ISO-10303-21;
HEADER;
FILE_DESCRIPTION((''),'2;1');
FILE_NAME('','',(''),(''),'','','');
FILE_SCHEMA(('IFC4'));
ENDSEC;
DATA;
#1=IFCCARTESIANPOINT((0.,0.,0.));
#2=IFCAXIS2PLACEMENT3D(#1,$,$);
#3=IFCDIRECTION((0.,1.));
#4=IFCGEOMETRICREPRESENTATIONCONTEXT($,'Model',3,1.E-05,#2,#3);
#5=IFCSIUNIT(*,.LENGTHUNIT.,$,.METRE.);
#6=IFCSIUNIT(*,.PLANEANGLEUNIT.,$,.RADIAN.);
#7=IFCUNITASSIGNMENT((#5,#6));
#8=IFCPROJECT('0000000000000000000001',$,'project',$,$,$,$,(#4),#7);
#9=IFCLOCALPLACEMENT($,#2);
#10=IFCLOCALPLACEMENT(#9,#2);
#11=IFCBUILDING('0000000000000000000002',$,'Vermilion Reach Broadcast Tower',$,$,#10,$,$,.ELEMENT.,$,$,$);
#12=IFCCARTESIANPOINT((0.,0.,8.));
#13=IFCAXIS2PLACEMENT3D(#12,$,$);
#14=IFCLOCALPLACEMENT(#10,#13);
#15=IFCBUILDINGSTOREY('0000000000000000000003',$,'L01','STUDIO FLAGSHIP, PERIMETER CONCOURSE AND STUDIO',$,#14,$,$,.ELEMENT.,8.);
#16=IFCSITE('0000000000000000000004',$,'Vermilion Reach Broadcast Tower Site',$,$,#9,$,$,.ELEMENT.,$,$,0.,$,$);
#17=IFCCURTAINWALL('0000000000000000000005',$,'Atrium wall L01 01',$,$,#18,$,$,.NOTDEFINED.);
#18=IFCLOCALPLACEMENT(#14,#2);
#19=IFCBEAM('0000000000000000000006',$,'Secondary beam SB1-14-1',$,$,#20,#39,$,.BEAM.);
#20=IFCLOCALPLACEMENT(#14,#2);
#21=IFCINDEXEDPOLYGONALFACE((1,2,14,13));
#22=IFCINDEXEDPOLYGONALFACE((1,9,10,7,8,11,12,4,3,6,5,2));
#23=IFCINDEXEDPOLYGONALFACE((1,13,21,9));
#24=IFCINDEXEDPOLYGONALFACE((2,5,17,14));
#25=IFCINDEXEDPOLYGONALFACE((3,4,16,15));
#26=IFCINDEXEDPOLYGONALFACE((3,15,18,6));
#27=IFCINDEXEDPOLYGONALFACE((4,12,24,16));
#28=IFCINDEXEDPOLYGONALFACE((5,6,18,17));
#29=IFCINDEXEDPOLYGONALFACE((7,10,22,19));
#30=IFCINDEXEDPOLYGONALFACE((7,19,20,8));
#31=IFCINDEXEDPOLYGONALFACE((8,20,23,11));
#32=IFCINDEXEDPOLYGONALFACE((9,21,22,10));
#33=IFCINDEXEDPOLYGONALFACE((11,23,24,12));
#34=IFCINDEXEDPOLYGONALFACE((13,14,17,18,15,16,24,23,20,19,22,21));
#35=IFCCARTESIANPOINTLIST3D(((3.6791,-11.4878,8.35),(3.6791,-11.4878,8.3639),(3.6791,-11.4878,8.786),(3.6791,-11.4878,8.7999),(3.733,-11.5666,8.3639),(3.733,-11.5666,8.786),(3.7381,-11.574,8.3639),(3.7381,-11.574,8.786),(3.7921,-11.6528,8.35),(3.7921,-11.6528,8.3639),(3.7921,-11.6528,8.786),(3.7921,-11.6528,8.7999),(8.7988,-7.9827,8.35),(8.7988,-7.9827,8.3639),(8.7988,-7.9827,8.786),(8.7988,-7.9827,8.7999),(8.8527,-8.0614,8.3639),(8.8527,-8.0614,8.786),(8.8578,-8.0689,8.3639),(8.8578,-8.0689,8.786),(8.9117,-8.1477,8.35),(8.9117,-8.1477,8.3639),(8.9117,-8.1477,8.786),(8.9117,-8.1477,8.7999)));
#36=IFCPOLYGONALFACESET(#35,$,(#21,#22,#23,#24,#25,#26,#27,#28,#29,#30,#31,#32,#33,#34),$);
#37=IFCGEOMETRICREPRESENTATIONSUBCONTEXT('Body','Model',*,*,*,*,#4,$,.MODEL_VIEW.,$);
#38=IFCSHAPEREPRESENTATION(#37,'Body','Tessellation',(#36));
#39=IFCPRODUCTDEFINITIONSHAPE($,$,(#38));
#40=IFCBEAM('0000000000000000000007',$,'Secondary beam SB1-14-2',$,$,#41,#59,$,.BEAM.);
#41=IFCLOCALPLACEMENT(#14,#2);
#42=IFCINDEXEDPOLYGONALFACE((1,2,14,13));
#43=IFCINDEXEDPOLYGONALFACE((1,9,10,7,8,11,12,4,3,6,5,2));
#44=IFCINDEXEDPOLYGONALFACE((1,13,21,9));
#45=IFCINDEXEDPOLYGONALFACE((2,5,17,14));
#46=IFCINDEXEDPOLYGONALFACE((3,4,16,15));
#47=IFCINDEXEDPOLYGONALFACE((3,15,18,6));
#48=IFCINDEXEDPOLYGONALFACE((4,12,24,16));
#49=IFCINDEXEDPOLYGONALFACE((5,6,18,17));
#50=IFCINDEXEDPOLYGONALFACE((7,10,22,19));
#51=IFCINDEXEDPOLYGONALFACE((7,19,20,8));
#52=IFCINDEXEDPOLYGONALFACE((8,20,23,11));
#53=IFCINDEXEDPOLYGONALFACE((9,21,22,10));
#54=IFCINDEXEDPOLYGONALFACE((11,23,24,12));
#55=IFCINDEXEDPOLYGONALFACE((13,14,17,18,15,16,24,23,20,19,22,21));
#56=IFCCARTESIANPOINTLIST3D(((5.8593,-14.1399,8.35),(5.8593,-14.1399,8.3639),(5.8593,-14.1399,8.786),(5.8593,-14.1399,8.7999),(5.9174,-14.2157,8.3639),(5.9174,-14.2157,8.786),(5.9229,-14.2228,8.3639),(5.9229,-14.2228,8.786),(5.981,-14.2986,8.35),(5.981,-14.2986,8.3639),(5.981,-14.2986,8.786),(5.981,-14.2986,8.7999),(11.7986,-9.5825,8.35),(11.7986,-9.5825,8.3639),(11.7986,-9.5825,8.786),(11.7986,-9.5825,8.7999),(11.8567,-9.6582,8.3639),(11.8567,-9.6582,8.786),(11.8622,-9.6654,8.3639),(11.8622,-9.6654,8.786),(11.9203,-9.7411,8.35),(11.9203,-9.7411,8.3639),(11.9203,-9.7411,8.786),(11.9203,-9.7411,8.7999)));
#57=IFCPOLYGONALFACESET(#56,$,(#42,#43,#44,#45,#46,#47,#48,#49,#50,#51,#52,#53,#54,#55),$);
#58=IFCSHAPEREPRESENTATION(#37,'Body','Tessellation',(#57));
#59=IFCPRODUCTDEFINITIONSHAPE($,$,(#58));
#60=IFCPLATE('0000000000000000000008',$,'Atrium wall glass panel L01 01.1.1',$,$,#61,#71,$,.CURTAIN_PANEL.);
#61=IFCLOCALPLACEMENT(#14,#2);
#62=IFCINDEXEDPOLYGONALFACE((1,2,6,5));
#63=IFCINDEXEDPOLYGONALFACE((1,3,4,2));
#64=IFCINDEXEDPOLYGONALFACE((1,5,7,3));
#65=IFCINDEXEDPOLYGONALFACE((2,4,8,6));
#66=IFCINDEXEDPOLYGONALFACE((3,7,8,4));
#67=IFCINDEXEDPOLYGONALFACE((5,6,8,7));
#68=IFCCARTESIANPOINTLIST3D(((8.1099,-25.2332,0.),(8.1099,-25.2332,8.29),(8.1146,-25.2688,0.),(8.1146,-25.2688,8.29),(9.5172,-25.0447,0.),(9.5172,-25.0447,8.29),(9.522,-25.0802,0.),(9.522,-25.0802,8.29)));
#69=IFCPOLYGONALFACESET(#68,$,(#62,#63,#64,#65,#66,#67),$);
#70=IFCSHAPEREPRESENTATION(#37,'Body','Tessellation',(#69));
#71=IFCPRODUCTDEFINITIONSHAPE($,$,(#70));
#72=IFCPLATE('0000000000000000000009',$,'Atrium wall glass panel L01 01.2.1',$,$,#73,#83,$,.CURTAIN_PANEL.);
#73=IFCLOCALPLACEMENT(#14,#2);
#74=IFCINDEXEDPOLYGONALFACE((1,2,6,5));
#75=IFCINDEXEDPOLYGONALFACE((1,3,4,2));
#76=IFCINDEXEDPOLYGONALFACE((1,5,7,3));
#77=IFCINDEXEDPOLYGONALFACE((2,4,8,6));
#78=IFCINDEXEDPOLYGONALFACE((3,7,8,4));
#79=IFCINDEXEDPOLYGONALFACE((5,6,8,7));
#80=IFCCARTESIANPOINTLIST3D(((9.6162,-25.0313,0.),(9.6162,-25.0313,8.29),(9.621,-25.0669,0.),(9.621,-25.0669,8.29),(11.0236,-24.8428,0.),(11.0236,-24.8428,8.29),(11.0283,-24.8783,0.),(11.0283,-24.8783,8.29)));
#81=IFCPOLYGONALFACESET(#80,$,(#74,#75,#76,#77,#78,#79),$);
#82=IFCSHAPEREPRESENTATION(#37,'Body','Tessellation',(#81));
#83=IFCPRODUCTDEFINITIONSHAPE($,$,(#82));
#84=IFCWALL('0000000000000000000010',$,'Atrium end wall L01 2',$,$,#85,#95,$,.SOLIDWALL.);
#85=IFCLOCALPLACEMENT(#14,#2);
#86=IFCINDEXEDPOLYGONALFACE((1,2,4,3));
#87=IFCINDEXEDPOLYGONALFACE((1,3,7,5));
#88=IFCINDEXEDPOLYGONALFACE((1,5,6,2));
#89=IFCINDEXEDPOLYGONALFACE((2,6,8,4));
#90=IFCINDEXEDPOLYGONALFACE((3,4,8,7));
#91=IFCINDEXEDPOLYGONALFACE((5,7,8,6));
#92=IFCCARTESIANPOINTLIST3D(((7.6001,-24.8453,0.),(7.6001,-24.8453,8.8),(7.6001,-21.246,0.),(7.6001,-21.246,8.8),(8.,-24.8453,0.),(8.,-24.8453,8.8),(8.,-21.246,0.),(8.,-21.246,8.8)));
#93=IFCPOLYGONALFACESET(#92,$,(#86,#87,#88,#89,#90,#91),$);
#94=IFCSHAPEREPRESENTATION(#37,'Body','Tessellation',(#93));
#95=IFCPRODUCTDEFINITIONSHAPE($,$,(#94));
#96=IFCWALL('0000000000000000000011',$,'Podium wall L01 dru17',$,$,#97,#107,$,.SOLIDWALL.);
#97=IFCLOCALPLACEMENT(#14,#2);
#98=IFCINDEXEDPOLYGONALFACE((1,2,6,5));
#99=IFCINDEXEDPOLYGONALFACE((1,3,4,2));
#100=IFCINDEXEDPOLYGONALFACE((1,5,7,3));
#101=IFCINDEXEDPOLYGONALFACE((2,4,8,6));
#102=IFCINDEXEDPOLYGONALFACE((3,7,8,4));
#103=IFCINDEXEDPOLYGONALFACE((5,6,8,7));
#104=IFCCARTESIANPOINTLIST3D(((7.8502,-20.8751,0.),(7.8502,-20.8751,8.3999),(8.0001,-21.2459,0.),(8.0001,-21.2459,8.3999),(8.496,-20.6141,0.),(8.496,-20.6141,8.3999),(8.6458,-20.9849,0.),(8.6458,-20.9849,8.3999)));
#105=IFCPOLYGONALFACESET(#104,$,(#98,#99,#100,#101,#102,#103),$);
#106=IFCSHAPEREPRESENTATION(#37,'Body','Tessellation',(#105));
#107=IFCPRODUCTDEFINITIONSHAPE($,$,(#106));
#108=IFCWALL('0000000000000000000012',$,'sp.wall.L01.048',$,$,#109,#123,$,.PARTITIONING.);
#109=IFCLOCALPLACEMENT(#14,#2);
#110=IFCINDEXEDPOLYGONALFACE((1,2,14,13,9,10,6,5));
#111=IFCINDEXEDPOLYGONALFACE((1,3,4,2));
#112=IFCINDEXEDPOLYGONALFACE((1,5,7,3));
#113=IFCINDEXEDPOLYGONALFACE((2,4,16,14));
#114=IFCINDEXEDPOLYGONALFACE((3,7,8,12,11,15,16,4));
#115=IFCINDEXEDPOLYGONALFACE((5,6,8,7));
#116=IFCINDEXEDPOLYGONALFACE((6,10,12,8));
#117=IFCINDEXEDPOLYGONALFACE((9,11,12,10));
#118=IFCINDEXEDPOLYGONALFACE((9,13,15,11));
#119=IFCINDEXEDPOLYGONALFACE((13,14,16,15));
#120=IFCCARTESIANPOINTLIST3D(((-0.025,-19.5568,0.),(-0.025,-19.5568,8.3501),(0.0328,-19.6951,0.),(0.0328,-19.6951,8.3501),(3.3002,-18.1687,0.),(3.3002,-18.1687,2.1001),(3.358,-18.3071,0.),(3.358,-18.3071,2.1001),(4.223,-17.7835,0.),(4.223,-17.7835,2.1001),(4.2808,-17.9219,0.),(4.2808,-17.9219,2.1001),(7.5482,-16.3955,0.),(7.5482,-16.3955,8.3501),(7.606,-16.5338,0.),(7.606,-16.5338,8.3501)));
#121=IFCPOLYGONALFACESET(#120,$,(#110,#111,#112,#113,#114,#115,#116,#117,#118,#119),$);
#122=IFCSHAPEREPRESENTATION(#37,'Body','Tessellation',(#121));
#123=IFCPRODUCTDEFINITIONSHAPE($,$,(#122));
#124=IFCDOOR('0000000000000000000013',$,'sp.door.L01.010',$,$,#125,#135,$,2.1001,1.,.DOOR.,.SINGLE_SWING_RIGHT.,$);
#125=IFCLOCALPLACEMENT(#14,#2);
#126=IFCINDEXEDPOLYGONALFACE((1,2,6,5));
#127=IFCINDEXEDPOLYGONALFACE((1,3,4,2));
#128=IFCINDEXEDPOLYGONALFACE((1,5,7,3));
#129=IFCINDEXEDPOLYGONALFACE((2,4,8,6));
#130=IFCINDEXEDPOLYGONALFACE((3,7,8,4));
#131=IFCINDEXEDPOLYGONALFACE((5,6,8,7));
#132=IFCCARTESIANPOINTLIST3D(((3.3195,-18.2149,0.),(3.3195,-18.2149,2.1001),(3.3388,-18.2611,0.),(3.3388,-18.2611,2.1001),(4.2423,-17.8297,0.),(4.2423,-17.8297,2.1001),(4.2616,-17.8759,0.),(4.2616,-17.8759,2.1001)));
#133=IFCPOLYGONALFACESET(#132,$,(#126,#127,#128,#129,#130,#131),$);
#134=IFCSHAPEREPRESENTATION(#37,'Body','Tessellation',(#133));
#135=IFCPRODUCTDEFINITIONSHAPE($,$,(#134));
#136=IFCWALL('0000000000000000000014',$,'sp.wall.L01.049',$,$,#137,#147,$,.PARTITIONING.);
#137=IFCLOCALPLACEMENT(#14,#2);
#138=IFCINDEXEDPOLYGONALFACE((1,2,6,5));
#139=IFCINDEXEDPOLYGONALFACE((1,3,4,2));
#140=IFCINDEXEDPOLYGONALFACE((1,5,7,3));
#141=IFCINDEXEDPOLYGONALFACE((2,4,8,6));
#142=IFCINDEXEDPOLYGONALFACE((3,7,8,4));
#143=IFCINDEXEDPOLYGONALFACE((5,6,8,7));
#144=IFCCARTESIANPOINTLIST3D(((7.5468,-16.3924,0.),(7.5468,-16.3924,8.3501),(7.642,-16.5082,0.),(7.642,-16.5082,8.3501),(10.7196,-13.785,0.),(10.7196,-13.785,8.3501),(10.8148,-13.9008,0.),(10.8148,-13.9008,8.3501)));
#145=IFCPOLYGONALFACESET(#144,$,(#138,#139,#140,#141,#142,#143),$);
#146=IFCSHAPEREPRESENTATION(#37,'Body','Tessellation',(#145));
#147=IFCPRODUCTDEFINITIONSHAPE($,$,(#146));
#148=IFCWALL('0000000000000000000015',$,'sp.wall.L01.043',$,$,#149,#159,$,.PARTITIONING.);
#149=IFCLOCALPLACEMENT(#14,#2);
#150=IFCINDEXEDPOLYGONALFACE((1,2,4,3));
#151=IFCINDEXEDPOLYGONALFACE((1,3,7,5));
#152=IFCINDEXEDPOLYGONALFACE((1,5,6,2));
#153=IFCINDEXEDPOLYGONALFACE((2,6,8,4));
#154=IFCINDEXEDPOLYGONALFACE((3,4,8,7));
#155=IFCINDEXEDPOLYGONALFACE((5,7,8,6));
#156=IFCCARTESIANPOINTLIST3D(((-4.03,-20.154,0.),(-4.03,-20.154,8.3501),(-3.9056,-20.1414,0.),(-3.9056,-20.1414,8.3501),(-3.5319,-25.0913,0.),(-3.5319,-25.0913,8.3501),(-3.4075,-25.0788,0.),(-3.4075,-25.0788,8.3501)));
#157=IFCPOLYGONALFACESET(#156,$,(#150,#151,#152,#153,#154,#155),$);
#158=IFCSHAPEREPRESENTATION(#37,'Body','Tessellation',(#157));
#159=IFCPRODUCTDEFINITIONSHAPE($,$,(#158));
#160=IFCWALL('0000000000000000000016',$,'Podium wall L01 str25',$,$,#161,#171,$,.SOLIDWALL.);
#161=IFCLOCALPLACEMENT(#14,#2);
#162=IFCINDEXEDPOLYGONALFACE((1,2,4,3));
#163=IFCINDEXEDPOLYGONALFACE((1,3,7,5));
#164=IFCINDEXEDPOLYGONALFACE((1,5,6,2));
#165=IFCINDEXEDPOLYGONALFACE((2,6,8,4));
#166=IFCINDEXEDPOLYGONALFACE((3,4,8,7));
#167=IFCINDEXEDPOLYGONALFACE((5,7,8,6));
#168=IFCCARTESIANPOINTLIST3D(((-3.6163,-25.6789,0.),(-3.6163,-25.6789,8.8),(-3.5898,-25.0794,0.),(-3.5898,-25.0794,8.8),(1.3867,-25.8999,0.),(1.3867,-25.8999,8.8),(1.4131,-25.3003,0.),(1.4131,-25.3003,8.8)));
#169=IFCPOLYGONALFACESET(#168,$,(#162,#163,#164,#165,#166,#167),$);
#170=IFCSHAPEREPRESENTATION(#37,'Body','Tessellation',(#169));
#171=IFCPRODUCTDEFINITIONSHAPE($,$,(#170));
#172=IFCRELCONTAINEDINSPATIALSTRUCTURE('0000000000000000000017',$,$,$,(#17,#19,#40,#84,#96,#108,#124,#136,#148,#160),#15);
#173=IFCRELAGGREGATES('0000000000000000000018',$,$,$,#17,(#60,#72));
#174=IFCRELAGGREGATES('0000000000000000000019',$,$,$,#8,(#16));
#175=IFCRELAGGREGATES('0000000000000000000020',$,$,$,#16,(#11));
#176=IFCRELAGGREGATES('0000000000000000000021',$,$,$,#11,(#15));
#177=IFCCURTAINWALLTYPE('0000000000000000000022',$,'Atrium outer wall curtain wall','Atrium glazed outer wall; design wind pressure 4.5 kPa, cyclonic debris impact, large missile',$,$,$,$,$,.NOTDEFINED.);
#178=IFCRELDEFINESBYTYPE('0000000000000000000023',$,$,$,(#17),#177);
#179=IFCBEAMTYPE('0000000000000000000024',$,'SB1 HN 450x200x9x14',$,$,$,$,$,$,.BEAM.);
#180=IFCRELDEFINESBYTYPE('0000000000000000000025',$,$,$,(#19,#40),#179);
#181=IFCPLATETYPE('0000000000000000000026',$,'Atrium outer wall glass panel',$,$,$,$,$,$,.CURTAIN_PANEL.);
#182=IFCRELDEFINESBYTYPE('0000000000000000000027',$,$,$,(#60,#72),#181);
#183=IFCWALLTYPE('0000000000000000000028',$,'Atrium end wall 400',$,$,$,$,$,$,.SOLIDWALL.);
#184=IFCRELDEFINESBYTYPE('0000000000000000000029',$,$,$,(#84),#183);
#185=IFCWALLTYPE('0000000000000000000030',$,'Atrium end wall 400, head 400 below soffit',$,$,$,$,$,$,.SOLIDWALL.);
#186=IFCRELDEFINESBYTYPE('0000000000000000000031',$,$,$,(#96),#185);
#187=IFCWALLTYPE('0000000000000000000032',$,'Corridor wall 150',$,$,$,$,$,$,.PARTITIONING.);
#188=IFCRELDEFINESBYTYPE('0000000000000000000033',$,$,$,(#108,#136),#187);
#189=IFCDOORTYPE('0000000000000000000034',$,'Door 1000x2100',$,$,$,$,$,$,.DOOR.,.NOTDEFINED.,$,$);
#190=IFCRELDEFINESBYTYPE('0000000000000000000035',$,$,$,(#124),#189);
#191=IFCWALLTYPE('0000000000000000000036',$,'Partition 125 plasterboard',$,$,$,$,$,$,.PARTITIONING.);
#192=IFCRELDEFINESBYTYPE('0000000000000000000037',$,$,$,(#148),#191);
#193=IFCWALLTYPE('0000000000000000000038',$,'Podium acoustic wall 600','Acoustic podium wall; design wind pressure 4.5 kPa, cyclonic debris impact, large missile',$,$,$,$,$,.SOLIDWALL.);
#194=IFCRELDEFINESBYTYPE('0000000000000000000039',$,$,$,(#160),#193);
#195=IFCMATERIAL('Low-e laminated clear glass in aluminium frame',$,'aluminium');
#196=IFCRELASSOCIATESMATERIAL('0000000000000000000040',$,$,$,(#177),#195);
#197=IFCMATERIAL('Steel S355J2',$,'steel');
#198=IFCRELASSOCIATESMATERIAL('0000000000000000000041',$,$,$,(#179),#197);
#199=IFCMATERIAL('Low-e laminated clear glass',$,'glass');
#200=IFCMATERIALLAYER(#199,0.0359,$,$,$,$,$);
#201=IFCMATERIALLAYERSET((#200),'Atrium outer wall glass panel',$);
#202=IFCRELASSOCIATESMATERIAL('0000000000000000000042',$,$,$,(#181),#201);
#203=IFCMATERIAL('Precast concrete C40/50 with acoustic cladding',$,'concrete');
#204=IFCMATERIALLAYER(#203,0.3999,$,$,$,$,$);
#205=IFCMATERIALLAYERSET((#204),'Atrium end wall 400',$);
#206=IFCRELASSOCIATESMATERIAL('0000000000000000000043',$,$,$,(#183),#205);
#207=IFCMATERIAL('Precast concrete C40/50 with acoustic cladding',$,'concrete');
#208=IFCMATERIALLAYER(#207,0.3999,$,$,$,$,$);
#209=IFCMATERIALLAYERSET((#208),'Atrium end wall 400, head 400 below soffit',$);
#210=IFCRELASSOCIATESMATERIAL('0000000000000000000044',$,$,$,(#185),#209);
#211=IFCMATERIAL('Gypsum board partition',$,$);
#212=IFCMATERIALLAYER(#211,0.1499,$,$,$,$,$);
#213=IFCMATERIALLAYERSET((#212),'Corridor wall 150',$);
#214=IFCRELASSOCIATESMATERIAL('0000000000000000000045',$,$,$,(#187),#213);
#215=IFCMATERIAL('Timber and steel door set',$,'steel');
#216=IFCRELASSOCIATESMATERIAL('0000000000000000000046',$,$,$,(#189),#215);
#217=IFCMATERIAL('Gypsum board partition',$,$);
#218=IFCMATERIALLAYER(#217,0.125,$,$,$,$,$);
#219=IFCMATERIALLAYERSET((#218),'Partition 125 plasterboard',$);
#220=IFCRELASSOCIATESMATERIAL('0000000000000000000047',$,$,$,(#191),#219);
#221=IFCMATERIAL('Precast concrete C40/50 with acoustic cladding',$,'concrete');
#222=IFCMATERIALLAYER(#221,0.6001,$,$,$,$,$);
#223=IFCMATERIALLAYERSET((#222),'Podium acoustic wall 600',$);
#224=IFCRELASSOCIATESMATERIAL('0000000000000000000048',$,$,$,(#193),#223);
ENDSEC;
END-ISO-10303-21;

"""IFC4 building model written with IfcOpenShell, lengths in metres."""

from ifc_helpers import new_model, si_unit, direction, frame, frame_2d, origin, origin_2d, place, context, subcontext, project, spatial, rectangle, i_section, extrude, material, layer, layer_set, material_profile, profile_set, type_object, element, fill, aggregate, save


model = new_model("IFC4")

# Units and contexts
model_context = context("Model", 3, precision=1e-05, world=origin(), true_north=direction((0.0, 1.0)))
body_context = subcontext(model_context, "Body", "Model", "MODEL_VIEW")
ifc_project = project(units=[si_unit("LENGTHUNIT", "METRE"), si_unit("PLANEANGLEUNIT", "RADIAN")], contexts=[model_context])

# Site, building, storey
site_placement = place(None, origin())
site = spatial("IfcSite", under=ifc_project, at=site_placement, Name="Vermilion Reach Broadcast Tower Site", CompositionType="ELEMENT", RefElevation=0.0)
building_placement = place(site_placement, origin())
building = spatial("IfcBuilding", under=site, at=building_placement, Name="Vermilion Reach Broadcast Tower", CompositionType="ELEMENT")
storey_placement = place(building_placement, frame((0.0, 0.0, 8.0)))
storey = spatial("IfcBuildingStorey", under=building, at=storey_placement, Name="L01", Description="STUDIO FLAGSHIP, PERIMETER CONCOURSE AND STUDIO", CompositionType="ELEMENT", Elevation=8.0)

# Curtain wall
ifc_material_1 = material(Name="Low-e laminated clear glass in aluminium frame", Category="aluminium")
curtain_wall_type = type_object("IfcCurtainWallType", Name="Atrium outer wall curtain wall", Description="Atrium glazed outer wall; design wind pressure 4.5 kPa, cyclonic debris impact, large missile", PredefinedType="NOTDEFINED", material=ifc_material_1)
curtain_wall_placement = place(storey_placement, origin())
curtain_wall = element("IfcCurtainWall", 1, at=curtain_wall_placement, inside=storey, type_object=curtain_wall_type, Name="Atrium wall L01 01", PredefinedType="NOTDEFINED")

# Beams
ifc_material_2 = material(Name="Steel S355J2", Category="steel")
ifc_material_profile_1 = material_profile(ifc_material_2, i_section(OverallWidth=0.2, OverallDepth=0.45, WebThickness=0.009, FlangeThickness=0.0139, at=origin_2d()), Name="S355J2 HN 450x200x9x14")
ifc_profile_set_1 = profile_set([ifc_material_profile_1], Name="Steel S355J2")
beam_type_1 = type_object("IfcBeamType", Name="SB1 HN 450x200x9x14", PredefinedType="BEAM", material=ifc_profile_set_1)
beam_1_placement = place(storey_placement, frame((3.7356, -11.5703, 8.575), z_axis=(0.82514, 0.564928, 0.0), x_axis=(-0.564928, 0.82514, 0.0)))
element("IfcBeam", 2, at=beam_1_placement, inside=storey, type_object=beam_type_1, Name="Secondary beam SB1-14-1", PredefinedType="BEAM", context=body_context, shape_type="SweptSolid", body=[
    extrude(i_section(OverallWidth=0.2, OverallDepth=0.45, WebThickness=0.009, FlangeThickness=0.0139, at=origin_2d()), origin(), (0.0, 0.0, 1.0), 6.2046),
])
beam_2_placement = place(storey_placement, frame((5.9202, -14.2192, 8.575), z_axis=(0.79335, 0.608766, 0.0), x_axis=(-0.608766, 0.79335, 0.0)))
element("IfcBeam", 3, at=beam_2_placement, inside=storey, type_object=beam_type_1, Name="Secondary beam SB1-14-2", PredefinedType="BEAM", context=body_context, shape_type="SweptSolid", body=[
    extrude(i_section(OverallWidth=0.2, OverallDepth=0.45, WebThickness=0.009, FlangeThickness=0.0139, at=origin_2d()), origin(), (0.0, 0.0, 1.0), 7.4863),
])

# Plates
ifc_material_3 = material(Name="Low-e laminated clear glass", Category="glass")
ifc_layer_1 = layer(ifc_material_3, 0.0359)
ifc_layer_set_1 = layer_set([ifc_layer_1], Name="Atrium outer wall glass panel")
plate_type = type_object("IfcPlateType", Name="Atrium outer wall glass panel", PredefinedType="CURTAIN_PANEL", material=ifc_layer_set_1)
plate_1_placement = place(storey_placement, frame((8.8159, -25.1567, 0.0), z_axis=(0.0, 0.0, 1.0), x_axis=(0.991144, 0.132794, 0.0)))
plate_1 = element("IfcPlate", 4, at=plate_1_placement, type_object=plate_type, Name="Atrium wall glass panel L01 01.1.1", PredefinedType="CURTAIN_PANEL", context=body_context, shape_type="SweptSolid", body=[
    extrude(rectangle(XDim=1.4199, YDim=0.0359, at=origin_2d()), origin(), (0.0, 0.0, 1.0), 8.29),
])
plate_2_placement = place(storey_placement, frame((10.3223, -24.9548, 0.0), z_axis=(0.0, 0.0, 1.0), x_axis=(0.991144, 0.132794, 0.0)))
plate_2 = element("IfcPlate", 5, at=plate_2_placement, type_object=plate_type, Name="Atrium wall glass panel L01 01.2.1", PredefinedType="CURTAIN_PANEL", context=body_context, shape_type="SweptSolid", body=[
    extrude(rectangle(XDim=1.4199, YDim=0.0359, at=origin_2d()), origin(), (0.0, 0.0, 1.0), 8.29),
])
aggregate(curtain_wall, [plate_1, plate_2])

# Walls
ifc_material_4 = material(Name="Precast concrete C40/50 with acoustic cladding", Category="concrete")
ifc_layer_2 = layer(ifc_material_4, 0.3999)
ifc_layer_set_2 = layer_set([ifc_layer_2], Name="Atrium end wall 400")
wall_type_1 = type_object("IfcWallType", Name="Atrium end wall 400", PredefinedType="SOLIDWALL", material=ifc_layer_set_2)
wall_1_placement = place(storey_placement, frame((7.8, -21.2458, 0.0), z_axis=(0.0, 0.0, 1.0), x_axis=(0.0, -1.0, 0.0)))
element("IfcWall", 6, at=wall_1_placement, inside=storey, type_object=wall_type_1, Name="Atrium end wall L01 2", PredefinedType="SOLIDWALL", context=body_context, shape_type="SweptSolid", body=[
    extrude(rectangle(XDim=3.5994, YDim=0.3999, at=frame_2d((1.7998, 0.0))), origin(), (0.0, 0.0, 1.0), 8.8),
])
ifc_material_5 = material(Name="Precast concrete C40/50 with acoustic cladding", Category="concrete")
ifc_layer_3 = layer(ifc_material_5, 0.3999)
ifc_layer_set_3 = layer_set([ifc_layer_3], Name="Atrium end wall 400, head 400 below soffit")
wall_type_2 = type_object("IfcWallType", Name="Atrium end wall 400, head 400 below soffit", PredefinedType="SOLIDWALL", material=ifc_layer_set_3)
wall_2_placement = place(storey_placement, frame((8.5708, -20.7996, 0.0), z_axis=(0.0, 0.0, 1.0), x_axis=(-0.927141, -0.374712, 0.0)))
element("IfcWall", 7, at=wall_2_placement, inside=storey, type_object=wall_type_2, Name="Podium wall L01 dru17", PredefinedType="SOLIDWALL", context=body_context, shape_type="SweptSolid", body=[
    extrude(rectangle(XDim=0.6965, YDim=0.3999, at=frame_2d((0.3481, 0.0))), origin(), (0.0, 0.0, 1.0), 8.3999),
])

# Wall, opening, door
ifc_material_6 = material(Name="Gypsum board partition")
ifc_layer_4 = layer(ifc_material_6, 0.1499)
ifc_layer_set_4 = layer_set([ifc_layer_4], Name="Corridor wall 150")
wall_type_3 = type_object("IfcWallType", Name="Corridor wall 150", PredefinedType="PARTITIONING", material=ifc_layer_set_4)
wall_3_placement = place(storey_placement, frame((0.0039, -19.626, 0.0), z_axis=(0.0, 0.0, 1.0), x_axis=(0.922823, 0.385224, 0.0)))
wall_3 = element("IfcWall", 8, at=wall_3_placement, inside=storey, type_object=wall_type_3, Name="sp.wall.L01.048", PredefinedType="PARTITIONING", context=body_context, shape_type="SweptSolid", body=[
    extrude(rectangle(XDim=8.2065, YDim=0.1499, at=frame_2d((4.1033, 0.0))), origin(), (0.0, 0.0, 1.0), 8.3501),
])
opening_1_placement = place(wall_3_placement, frame((3.6033, 0.0, 0.0)))
opening_1 = element("IfcOpeningElement", 9, at=opening_1_placement, cuts=wall_3, PredefinedType="OPENING", context=body_context, shape_type="SweptSolid", body=[
    extrude(rectangle(XDim=1.0, YDim=2.1001, at=frame_2d((0.5, 1.05))), frame((0.0, 0.085, 0.0), z_axis=(0.0, -1.0, 0.0), x_axis=(1.0, 0.0, 0.0)), (0.0, 0.0, 1.0), 0.1699),
])
ifc_material_7 = material(Name="Timber and steel door set", Category="steel")
door_type_1 = type_object("IfcDoorType", Name="Door 1000x2100", OperationType="NOTDEFINED", PredefinedType="DOOR", material=ifc_material_7)
door_1_placement = place(opening_1_placement, origin())
door_1 = element("IfcDoor", 10, at=door_1_placement, inside=storey, type_object=door_type_1, Name="sp.door.L01.010", OperationType="SINGLE_SWING_RIGHT", OverallHeight=2.1001, OverallWidth=1.0, PredefinedType="DOOR", context=body_context, shape_type="SweptSolid", body=[
    extrude(rectangle(XDim=1.0, YDim=2.1001, at=frame_2d((0.5, 1.05))), frame((0.0, 0.0249, 0.0), z_axis=(0.0, -1.0, 0.0), x_axis=(1.0, 0.0, 0.0)), (0.0, 0.0, 1.0), 0.05),
])
fill(opening_1, door_1)

# Walls
wall_4_placement = place(storey_placement, frame((7.5945, -16.4502, 0.0), z_axis=(0.0, 0.0, 1.0), x_axis=(0.772589, 0.634907, 0.0)))
element("IfcWall", 11, at=wall_4_placement, inside=storey, type_object=wall_type_3, Name="sp.wall.L01.049", PredefinedType="PARTITIONING", context=body_context, shape_type="SweptSolid", body=[
    extrude(rectangle(XDim=4.1067, YDim=0.1499, at=frame_2d((2.0532, 0.0))), origin(), (0.0, 0.0, 1.0), 8.3501),
])
ifc_material_8 = material(Name="Gypsum board partition")
ifc_layer_5 = layer(ifc_material_8, 0.125)
ifc_layer_set_5 = layer_set([ifc_layer_5], Name="Partition 125 plasterboard")
wall_type_4 = type_object("IfcWallType", Name="Partition 125 plasterboard", PredefinedType="PARTITIONING", material=ifc_layer_set_5)
wall_5_placement = place(storey_placement, frame((-3.9678, -20.1477, 0.0), z_axis=(0.0, 0.0, 1.0), x_axis=(0.100366, -0.994951, 0.0)))
element("IfcWall", 12, at=wall_5_placement, inside=storey, type_object=wall_type_4, Name="sp.wall.L01.043", PredefinedType="PARTITIONING", context=body_context, shape_type="SweptSolid", body=[
    extrude(rectangle(XDim=4.9624, YDim=0.125, at=frame_2d((2.4812, 0.0))), origin(), (0.0, 0.0, 1.0), 8.3501),
])
ifc_material_9 = material(Name="Precast concrete C40/50 with acoustic cladding", Category="concrete")
ifc_layer_6 = layer(ifc_material_9, 0.6001)
ifc_layer_set_6 = layer_set([ifc_layer_6], Name="Podium acoustic wall 600")
wall_type_5 = type_object("IfcWallType", Name="Podium acoustic wall 600", Description="Acoustic podium wall; design wind pressure 4.5 kPa, cyclonic debris impact, large missile", PredefinedType="SOLIDWALL", material=ifc_layer_set_6)
wall_6_placement = place(storey_placement, frame((-3.603, -25.3792, 0.0), z_axis=(0.0, 0.0, 1.0), x_axis=(0.999026, -0.044121, 0.0)))
element("IfcWall", 13, at=wall_6_placement, inside=storey, type_object=wall_type_5, Name="Podium wall L01 str25", PredefinedType="SOLIDWALL", context=body_context, shape_type="SweptSolid", body=[
    extrude(rectangle(XDim=5.0078, YDim=0.6001, at=frame_2d((2.5039, 0.0))), origin(), (0.0, 0.0, 1.0), 8.8),
])

save(model, "model.ifc")
